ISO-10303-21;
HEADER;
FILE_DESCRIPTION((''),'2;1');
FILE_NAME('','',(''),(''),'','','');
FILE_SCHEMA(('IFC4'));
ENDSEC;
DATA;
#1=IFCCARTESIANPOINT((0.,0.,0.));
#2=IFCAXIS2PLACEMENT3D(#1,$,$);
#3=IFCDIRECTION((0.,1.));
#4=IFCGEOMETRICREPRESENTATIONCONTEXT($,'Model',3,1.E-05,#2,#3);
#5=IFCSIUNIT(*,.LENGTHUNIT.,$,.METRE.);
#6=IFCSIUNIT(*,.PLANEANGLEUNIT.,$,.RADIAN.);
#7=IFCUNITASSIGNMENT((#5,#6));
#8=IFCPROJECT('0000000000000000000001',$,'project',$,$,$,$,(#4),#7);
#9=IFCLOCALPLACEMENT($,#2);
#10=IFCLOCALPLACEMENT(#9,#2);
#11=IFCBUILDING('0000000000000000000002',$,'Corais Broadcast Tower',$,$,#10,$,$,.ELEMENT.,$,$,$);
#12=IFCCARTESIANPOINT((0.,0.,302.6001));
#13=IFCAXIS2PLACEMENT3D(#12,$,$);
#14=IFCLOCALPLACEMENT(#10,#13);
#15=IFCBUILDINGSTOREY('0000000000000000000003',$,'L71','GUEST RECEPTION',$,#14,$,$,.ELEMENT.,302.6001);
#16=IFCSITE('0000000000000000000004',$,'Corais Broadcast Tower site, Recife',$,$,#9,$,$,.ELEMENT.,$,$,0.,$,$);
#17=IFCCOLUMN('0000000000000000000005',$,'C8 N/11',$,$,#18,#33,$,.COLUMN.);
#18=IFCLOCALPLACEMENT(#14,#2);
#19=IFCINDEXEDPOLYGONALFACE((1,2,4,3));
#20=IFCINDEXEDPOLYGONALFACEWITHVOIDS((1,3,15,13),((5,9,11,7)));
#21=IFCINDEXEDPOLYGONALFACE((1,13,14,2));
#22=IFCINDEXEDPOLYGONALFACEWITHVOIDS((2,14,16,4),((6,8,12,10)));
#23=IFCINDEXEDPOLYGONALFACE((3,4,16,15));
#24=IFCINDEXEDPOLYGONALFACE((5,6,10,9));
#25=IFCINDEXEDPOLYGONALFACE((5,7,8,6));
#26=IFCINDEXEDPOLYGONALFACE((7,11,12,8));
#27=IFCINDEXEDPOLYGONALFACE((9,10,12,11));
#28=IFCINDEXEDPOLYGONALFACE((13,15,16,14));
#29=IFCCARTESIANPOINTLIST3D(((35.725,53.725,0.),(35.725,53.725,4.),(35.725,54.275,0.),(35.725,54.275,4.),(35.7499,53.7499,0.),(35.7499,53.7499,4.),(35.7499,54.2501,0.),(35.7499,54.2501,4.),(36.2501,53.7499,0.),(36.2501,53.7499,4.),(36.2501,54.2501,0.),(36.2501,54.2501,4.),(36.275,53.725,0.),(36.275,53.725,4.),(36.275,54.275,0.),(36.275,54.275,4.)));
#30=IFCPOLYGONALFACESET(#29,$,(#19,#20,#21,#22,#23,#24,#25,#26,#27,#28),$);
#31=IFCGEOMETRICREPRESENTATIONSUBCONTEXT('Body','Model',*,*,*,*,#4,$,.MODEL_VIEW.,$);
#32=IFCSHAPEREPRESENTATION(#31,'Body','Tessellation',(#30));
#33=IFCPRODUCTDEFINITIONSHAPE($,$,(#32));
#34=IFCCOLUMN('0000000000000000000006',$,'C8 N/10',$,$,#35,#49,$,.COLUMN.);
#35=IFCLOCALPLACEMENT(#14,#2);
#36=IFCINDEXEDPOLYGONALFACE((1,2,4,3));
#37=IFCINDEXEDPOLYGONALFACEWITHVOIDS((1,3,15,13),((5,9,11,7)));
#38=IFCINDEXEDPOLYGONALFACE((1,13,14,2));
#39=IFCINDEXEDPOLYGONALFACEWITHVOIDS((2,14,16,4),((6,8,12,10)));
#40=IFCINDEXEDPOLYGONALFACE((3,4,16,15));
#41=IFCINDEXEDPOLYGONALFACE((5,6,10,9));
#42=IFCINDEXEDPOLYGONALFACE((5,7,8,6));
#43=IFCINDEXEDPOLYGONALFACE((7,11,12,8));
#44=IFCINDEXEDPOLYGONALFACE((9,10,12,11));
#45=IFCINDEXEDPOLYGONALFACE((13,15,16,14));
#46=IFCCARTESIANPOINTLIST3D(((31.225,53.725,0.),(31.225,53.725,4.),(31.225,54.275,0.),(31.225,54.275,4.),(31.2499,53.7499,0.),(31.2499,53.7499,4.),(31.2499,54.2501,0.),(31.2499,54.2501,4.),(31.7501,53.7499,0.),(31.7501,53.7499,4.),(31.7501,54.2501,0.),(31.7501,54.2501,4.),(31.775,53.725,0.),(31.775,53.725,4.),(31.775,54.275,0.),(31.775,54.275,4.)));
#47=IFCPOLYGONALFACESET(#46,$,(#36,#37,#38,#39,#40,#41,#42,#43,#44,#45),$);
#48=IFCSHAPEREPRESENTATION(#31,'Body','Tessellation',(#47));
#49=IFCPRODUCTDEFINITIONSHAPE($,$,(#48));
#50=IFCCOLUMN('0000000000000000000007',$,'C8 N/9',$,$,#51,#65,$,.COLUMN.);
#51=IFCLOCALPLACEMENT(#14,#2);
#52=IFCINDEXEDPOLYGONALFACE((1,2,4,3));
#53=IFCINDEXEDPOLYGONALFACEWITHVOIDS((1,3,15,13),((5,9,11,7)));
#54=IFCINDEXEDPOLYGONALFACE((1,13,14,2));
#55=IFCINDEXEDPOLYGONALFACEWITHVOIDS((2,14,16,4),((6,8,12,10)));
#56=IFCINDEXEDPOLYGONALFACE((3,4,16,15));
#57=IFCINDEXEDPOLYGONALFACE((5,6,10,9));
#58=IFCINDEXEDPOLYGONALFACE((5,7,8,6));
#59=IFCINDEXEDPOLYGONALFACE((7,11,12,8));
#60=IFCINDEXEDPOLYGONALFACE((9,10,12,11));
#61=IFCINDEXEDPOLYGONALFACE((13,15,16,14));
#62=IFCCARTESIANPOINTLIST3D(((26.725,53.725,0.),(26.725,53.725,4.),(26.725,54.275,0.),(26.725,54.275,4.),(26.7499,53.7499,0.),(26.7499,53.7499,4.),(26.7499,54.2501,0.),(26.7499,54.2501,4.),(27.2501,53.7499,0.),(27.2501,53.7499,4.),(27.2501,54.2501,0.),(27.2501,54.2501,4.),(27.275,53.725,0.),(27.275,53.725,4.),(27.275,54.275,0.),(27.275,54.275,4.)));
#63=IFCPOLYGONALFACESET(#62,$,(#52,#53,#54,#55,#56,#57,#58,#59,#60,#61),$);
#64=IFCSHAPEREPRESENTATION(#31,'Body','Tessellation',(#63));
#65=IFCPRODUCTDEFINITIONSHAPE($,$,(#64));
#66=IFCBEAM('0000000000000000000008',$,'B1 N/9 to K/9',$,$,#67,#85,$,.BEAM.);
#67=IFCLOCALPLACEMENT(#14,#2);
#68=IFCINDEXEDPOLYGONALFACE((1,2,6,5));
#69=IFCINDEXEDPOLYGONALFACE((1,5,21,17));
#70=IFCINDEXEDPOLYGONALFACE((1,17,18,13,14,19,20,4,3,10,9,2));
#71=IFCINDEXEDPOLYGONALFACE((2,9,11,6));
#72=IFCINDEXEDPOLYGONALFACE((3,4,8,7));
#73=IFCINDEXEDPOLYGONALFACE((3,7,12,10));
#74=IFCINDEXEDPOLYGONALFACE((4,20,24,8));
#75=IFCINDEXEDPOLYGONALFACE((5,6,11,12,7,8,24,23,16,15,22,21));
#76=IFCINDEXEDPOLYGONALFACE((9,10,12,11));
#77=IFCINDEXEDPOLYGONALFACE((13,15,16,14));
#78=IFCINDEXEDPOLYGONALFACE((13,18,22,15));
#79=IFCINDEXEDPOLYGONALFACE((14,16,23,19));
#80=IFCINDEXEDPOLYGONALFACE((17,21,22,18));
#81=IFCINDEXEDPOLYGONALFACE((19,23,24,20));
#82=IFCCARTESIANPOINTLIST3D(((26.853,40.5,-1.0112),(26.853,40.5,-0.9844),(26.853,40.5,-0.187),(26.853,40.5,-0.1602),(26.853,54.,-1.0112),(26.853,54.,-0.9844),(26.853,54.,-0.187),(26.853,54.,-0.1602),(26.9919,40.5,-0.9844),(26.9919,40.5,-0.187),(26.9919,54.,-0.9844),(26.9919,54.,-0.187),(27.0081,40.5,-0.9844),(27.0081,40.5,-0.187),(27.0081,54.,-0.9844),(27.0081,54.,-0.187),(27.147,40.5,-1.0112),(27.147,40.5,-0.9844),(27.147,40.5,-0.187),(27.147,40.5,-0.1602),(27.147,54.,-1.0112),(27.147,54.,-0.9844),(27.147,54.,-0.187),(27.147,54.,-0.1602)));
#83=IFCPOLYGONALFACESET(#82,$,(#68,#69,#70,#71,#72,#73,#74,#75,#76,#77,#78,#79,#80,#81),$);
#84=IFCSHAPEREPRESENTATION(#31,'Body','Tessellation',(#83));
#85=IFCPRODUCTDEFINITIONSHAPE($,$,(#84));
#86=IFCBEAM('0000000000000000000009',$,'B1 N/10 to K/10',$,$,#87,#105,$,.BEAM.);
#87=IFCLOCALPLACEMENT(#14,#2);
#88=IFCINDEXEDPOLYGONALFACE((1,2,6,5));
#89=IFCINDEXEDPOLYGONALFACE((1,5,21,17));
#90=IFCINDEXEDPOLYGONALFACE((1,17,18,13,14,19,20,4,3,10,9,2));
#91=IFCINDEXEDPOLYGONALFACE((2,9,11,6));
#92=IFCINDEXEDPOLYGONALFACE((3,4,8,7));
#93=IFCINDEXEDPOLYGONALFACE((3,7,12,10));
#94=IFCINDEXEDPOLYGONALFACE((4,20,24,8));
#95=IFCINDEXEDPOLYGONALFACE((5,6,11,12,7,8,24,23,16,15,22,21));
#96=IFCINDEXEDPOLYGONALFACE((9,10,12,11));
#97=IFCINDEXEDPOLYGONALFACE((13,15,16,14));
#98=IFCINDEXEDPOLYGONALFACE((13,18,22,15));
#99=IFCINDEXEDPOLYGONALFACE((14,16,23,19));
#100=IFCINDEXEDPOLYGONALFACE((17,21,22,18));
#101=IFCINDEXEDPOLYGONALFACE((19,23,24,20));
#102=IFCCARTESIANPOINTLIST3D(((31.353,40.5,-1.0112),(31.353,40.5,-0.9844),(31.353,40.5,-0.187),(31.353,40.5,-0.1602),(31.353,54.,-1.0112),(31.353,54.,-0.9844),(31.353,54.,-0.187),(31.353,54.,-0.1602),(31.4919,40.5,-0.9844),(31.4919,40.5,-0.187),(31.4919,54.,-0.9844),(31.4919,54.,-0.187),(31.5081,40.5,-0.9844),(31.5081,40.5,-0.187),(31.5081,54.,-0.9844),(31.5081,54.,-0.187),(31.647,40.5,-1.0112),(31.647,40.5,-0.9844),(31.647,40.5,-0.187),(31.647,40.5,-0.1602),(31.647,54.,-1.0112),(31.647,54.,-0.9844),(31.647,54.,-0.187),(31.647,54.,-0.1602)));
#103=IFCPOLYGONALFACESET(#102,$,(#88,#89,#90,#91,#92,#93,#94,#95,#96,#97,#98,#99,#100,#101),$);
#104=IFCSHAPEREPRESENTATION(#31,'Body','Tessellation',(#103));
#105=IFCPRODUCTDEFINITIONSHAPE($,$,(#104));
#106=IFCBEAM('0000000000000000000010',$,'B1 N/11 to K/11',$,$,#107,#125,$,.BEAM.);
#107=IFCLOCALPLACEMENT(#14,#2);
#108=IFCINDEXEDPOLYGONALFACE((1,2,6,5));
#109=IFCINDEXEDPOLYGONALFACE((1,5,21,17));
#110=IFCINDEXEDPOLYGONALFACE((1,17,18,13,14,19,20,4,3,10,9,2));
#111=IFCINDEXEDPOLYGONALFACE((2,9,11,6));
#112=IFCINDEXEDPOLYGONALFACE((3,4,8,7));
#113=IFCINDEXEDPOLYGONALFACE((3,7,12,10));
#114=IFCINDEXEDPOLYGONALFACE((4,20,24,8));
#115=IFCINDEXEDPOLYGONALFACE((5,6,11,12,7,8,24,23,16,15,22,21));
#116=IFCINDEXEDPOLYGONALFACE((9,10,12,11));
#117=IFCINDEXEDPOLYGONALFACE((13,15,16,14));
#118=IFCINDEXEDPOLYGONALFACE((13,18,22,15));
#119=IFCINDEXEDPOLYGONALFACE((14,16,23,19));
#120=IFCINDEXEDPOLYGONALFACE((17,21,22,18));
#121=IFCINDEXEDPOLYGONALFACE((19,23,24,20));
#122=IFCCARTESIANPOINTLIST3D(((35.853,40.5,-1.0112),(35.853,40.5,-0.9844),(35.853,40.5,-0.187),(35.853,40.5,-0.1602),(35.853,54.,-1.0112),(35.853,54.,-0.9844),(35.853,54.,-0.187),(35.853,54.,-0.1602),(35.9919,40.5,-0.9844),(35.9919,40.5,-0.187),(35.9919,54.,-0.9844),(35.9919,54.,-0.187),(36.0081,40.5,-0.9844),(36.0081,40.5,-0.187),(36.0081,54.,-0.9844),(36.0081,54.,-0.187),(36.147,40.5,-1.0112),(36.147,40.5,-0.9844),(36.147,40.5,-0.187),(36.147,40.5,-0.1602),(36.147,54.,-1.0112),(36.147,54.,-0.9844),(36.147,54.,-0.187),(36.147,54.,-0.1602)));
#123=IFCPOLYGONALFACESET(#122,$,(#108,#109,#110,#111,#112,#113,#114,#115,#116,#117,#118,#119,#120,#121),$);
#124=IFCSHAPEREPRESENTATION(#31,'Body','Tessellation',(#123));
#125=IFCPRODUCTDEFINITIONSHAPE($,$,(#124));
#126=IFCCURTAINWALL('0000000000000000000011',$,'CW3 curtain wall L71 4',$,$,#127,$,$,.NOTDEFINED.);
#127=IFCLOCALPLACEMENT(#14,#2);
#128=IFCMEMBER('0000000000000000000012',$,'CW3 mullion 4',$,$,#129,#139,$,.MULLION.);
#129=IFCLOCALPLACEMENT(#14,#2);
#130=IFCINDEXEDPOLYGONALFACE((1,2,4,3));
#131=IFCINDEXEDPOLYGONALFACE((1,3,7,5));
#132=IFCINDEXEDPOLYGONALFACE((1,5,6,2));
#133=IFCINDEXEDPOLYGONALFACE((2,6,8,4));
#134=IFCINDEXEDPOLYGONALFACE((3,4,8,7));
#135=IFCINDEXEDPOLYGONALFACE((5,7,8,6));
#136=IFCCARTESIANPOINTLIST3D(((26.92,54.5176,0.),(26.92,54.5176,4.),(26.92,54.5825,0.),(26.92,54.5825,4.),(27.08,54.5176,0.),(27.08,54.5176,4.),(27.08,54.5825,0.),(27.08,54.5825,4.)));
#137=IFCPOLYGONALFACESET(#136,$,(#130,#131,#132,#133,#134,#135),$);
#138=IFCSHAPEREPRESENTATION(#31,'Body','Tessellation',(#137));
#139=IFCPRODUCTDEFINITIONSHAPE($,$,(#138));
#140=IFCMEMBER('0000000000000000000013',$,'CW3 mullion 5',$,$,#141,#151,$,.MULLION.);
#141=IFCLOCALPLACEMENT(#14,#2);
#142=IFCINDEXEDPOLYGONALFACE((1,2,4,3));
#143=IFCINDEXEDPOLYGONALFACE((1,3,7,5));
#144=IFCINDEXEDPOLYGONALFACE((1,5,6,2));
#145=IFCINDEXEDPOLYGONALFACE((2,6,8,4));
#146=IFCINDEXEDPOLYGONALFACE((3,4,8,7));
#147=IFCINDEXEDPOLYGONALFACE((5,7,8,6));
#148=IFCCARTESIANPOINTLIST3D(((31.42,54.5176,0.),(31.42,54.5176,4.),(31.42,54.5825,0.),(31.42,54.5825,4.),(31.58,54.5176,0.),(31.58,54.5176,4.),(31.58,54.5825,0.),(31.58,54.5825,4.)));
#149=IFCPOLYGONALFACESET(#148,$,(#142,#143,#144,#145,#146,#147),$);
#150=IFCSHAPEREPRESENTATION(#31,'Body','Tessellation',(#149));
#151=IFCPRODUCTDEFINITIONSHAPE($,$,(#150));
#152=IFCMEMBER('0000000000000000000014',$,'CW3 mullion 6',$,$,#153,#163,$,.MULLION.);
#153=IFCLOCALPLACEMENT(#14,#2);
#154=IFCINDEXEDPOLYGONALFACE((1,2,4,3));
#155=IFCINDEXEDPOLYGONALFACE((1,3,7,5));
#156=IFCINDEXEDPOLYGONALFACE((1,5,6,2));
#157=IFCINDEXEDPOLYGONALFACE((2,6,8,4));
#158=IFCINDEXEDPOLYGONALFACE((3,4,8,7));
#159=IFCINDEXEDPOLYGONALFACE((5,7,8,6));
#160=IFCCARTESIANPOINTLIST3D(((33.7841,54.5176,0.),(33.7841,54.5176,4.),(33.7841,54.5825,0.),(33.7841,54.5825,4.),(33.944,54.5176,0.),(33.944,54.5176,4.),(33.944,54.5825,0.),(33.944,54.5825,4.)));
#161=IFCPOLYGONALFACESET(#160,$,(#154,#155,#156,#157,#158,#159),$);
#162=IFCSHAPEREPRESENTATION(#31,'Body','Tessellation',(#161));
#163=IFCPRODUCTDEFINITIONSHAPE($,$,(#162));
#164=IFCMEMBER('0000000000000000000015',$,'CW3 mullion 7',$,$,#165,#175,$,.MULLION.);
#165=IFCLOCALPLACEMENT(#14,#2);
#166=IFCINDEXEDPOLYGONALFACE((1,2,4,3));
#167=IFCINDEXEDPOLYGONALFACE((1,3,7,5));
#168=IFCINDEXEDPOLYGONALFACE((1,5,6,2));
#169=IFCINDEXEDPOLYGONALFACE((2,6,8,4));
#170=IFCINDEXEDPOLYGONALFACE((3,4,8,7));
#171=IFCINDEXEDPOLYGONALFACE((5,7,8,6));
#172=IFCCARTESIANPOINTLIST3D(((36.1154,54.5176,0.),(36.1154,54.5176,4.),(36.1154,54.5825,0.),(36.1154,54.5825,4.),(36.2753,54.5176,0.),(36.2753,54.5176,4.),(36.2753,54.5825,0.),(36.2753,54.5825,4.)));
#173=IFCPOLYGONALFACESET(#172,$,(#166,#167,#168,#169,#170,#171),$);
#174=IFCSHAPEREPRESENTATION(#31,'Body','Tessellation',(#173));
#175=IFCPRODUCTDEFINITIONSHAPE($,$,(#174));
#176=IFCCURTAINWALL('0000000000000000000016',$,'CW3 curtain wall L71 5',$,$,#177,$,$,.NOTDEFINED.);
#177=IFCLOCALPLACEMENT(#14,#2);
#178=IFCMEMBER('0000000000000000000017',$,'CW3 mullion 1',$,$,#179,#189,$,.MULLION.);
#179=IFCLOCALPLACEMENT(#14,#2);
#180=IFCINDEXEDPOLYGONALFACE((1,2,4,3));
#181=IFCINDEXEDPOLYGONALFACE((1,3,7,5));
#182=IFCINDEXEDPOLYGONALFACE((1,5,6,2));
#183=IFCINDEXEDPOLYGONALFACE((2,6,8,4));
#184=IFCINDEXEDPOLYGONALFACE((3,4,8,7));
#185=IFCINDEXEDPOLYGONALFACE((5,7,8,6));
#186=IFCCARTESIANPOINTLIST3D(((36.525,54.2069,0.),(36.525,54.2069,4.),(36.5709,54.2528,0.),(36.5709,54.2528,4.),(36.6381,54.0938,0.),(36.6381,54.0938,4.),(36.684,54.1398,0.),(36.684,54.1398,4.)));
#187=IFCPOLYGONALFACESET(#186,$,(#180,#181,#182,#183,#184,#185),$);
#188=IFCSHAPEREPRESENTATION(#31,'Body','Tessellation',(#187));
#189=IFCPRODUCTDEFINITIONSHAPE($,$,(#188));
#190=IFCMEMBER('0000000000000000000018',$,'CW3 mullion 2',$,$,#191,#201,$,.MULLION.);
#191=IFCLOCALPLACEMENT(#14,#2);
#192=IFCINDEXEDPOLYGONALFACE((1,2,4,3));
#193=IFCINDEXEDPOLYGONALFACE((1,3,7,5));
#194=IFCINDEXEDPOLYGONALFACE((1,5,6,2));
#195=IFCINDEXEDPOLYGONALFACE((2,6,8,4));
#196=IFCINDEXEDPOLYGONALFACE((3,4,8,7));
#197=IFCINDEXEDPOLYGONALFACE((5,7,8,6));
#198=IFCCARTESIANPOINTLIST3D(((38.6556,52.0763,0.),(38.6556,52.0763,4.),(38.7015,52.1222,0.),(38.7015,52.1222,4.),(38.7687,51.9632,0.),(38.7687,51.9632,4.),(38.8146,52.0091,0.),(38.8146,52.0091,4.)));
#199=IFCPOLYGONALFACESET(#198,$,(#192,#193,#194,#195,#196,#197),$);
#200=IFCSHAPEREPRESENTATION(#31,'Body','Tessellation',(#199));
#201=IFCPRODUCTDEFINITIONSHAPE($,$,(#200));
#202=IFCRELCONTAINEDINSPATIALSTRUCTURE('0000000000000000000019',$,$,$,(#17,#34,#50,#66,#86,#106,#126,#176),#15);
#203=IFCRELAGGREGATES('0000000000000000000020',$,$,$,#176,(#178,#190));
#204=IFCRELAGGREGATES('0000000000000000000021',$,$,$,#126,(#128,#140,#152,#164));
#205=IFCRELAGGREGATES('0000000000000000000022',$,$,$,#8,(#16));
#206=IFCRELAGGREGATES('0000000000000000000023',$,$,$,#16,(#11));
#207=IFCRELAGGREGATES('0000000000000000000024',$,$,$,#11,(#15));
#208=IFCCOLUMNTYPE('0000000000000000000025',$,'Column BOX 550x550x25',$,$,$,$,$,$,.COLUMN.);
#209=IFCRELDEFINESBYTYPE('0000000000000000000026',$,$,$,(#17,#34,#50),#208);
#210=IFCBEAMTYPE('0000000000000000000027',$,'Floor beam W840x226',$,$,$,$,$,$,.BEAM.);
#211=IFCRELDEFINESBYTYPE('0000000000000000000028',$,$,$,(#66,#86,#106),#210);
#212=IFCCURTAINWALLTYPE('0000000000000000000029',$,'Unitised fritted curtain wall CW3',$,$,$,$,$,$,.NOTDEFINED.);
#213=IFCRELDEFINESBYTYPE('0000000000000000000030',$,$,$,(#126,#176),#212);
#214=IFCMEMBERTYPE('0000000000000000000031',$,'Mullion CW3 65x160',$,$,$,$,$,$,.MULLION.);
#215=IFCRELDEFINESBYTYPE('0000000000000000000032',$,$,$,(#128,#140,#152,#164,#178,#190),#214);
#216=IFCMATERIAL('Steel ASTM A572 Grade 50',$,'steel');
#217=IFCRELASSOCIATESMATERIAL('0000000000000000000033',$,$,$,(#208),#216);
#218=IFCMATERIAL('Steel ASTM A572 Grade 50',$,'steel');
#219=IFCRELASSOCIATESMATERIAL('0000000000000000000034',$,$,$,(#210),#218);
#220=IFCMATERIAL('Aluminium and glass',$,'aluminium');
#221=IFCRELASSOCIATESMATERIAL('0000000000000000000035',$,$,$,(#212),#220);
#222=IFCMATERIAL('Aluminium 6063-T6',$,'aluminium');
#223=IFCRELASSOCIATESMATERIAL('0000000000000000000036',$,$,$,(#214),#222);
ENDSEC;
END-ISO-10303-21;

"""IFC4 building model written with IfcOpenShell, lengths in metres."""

from ifc_helpers import new_model, si_unit, direction, frame, origin, origin_2d, place, context, subcontext, project, spatial, rectangle, hollow_rectangle, i_section, extrude, material, material_profile, profile_set, type_object, element, aggregate, save


model = new_model("IFC4")

# Units and contexts
model_context = context("Model", 3, precision=1e-05, world=origin(), true_north=direction((0.0, 1.0)))
body_context = subcontext(model_context, "Body", "Model", "MODEL_VIEW")
ifc_project = project(units=[si_unit("LENGTHUNIT", "METRE"), si_unit("PLANEANGLEUNIT", "RADIAN")], contexts=[model_context])

# Site, building, storey
site_placement = place(None, origin())
site = spatial("IfcSite", under=ifc_project, at=site_placement, Name="Corais Broadcast Tower site, Recife", CompositionType="ELEMENT", RefElevation=0.0)
building_placement = place(site_placement, origin())
building = spatial("IfcBuilding", under=site, at=building_placement, Name="Corais Broadcast Tower", CompositionType="ELEMENT")
storey_placement = place(building_placement, frame((0.0, 0.0, 302.6001)))
storey = spatial("IfcBuildingStorey", under=building, at=storey_placement, Name="L71", Description="GUEST RECEPTION", CompositionType="ELEMENT", Elevation=302.6001)

# Columns
ifc_material_1 = material(Name="Steel ASTM A572 Grade 50", Category="steel")
ifc_material_profile_1 = material_profile(ifc_material_1, hollow_rectangle(XDim=0.55, YDim=0.55, WallThickness=0.0249, at=origin_2d()), Name="BOX 550x550x25")
ifc_profile_set_1 = profile_set([ifc_material_profile_1], Name="Steel ASTM A572 Grade 50")
column_type = type_object("IfcColumnType", Name="Column BOX 550x550x25", PredefinedType="COLUMN", material=ifc_profile_set_1)
for number, where, z_axis, x_axis, name in (
    (1, (36.0, 54.0, 0.0), (0.0, 0.0, 1.0), (1.0, 0.0, 0.0), "C8 N/11"),
    (2, (31.5, 54.0, 0.0), (0.0, 0.0, 1.0), (1.0, 0.0, 0.0), "C8 N/10"),
    (3, (27.0, 54.0, 0.0), (0.0, 0.0, 1.0), (1.0, 0.0, 0.0), "C8 N/9"),
):
    element("IfcColumn", number, at=place(storey_placement, frame(where, z_axis=z_axis, x_axis=x_axis)), inside=storey, type_object=column_type, Name=name, PredefinedType="COLUMN", context=body_context, shape_type="SweptSolid", body=[
        extrude(hollow_rectangle(XDim=0.55, YDim=0.55, WallThickness=0.0249, at=origin_2d()), origin(), (0.0, 0.0, 1.0), 4.0),
    ])

# Beams
ifc_material_2 = material(Name="Steel ASTM A572 Grade 50", Category="steel")
ifc_material_profile_2 = material_profile(ifc_material_2, i_section(OverallWidth=0.2939, OverallDepth=0.8511, WebThickness=0.0161, FlangeThickness=0.0269, at=origin_2d()), Name="W840x226")
ifc_profile_set_2 = profile_set([ifc_material_profile_2], Name="Steel ASTM A572 Grade 50")
beam_type_1 = type_object("IfcBeamType", Name="Floor beam W840x226", PredefinedType="BEAM", material=ifc_profile_set_2)
for number, where, z_axis, x_axis, name in (
    (4, (27.0, 54.0, -0.5857), (0.0, -1.0, 0.0), (1.0, 0.0, 0.0), "B1 N/9 to K/9"),
    (5, (31.5, 54.0, -0.5857), (0.0, -1.0, 0.0), (1.0, 0.0, 0.0), "B1 N/10 to K/10"),
    (6, (36.0, 54.0, -0.5857), (0.0, -1.0, 0.0), (1.0, 0.0, 0.0), "B1 N/11 to K/11"),
):
    element("IfcBeam", number, at=place(storey_placement, frame(where, z_axis=z_axis, x_axis=x_axis)), inside=storey, type_object=beam_type_1, Name=name, PredefinedType="BEAM", context=body_context, shape_type="SweptSolid", body=[
        extrude(i_section(OverallWidth=0.2939, OverallDepth=0.8511, WebThickness=0.0161, FlangeThickness=0.0269, at=origin_2d()), origin(), (0.0, 0.0, 1.0), 13.5),
    ])

# Curtain walls, members
ifc_material_3 = material(Name="Aluminium and glass", Category="aluminium")
curtain_wall_type = type_object("IfcCurtainWallType", Name="Unitised fritted curtain wall CW3", PredefinedType="NOTDEFINED", material=ifc_material_3)
curtain_wall_1_placement = place(storey_placement, origin())
curtain_wall_1 = element("IfcCurtainWall", 7, at=curtain_wall_1_placement, inside=storey, type_object=curtain_wall_type, Name="CW3 curtain wall L71 4", PredefinedType="NOTDEFINED")
ifc_material_4 = material(Name="Aluminium 6063-T6", Category="aluminium")
ifc_material_profile_3 = material_profile(ifc_material_4, rectangle(XDim=0.0649, YDim=0.1599, at=origin_2d()), Name="Mullion CW3 65x160")
ifc_profile_set_3 = profile_set([ifc_material_profile_3], Name="Aluminium 6063-T6")
member_type_1 = type_object("IfcMemberType", Name="Mullion CW3 65x160", PredefinedType="MULLION", material=ifc_profile_set_3)
member_1_placement = place(storey_placement, frame((27.0, 54.55, 0.0), z_axis=(0.0, 0.0, 1.0), x_axis=(0.0, 1.0, 0.0)))
member_1 = element("IfcMember", 8, at=member_1_placement, type_object=member_type_1, Name="CW3 mullion 4", PredefinedType="MULLION", context=body_context, shape_type="SweptSolid", body=[
    extrude(rectangle(XDim=0.0649, YDim=0.1599, at=origin_2d()), origin(), (0.0, 0.0, 1.0), 4.0),
])
member_2_placement = place(storey_placement, frame((31.5, 54.55, 0.0), z_axis=(0.0, 0.0, 1.0), x_axis=(0.0, 1.0, 0.0)))
member_2 = element("IfcMember", 9, at=member_2_placement, type_object=member_type_1, Name="CW3 mullion 5", PredefinedType="MULLION", context=body_context, shape_type="SweptSolid", body=[
    extrude(rectangle(XDim=0.0649, YDim=0.1599, at=origin_2d()), origin(), (0.0, 0.0, 1.0), 4.0),
])
member_3_placement = place(storey_placement, frame((33.864, 54.55, 0.0), z_axis=(0.0, 0.0, 1.0), x_axis=(0.0, 1.0, 0.0)))
member_3 = element("IfcMember", 10, at=member_3_placement, type_object=member_type_1, Name="CW3 mullion 6", PredefinedType="MULLION", context=body_context, shape_type="SweptSolid", body=[
    extrude(rectangle(XDim=0.0649, YDim=0.1599, at=origin_2d()), origin(), (0.0, 0.0, 1.0), 4.0),
])
member_4_placement = place(storey_placement, frame((36.1953, 54.55, 0.0), z_axis=(0.0, 0.0, 1.0), x_axis=(0.0, 1.0, 0.0)))
member_4 = element("IfcMember", 11, at=member_4_placement, type_object=member_type_1, Name="CW3 mullion 7", PredefinedType="MULLION", context=body_context, shape_type="SweptSolid", body=[
    extrude(rectangle(XDim=0.0649, YDim=0.1599, at=origin_2d()), origin(), (0.0, 0.0, 1.0), 4.0),
])
curtain_wall_2_placement = place(storey_placement, origin())
curtain_wall_2 = element("IfcCurtainWall", 12, at=curtain_wall_2_placement, inside=storey, type_object=curtain_wall_type, Name="CW3 curtain wall L71 5", PredefinedType="NOTDEFINED")
member_5_placement = place(storey_placement, frame((36.6045, 54.1733, 0.0), z_axis=(0.0, 0.0, 1.0), x_axis=(0.707107, 0.707107, 0.0)))
member_5 = element("IfcMember", 13, at=member_5_placement, type_object=member_type_1, Name="CW3 mullion 1", PredefinedType="MULLION", context=body_context, shape_type="SweptSolid", body=[
    extrude(rectangle(XDim=0.0649, YDim=0.1599, at=origin_2d()), origin(), (0.0, 0.0, 1.0), 4.0),
])
member_6_placement = place(storey_placement, frame((38.7351, 52.0427, 0.0), z_axis=(0.0, 0.0, 1.0), x_axis=(0.707107, 0.707107, 0.0)))
member_6 = element("IfcMember", 14, at=member_6_placement, type_object=member_type_1, Name="CW3 mullion 2", PredefinedType="MULLION", context=body_context, shape_type="SweptSolid", body=[
    extrude(rectangle(XDim=0.0649, YDim=0.1599, at=origin_2d()), origin(), (0.0, 0.0, 1.0), 4.0),
])

aggregate(curtain_wall_2, [member_5, member_6])
aggregate(curtain_wall_1, [member_1, member_2, member_3, member_4])

save(model, "model.ifc")
